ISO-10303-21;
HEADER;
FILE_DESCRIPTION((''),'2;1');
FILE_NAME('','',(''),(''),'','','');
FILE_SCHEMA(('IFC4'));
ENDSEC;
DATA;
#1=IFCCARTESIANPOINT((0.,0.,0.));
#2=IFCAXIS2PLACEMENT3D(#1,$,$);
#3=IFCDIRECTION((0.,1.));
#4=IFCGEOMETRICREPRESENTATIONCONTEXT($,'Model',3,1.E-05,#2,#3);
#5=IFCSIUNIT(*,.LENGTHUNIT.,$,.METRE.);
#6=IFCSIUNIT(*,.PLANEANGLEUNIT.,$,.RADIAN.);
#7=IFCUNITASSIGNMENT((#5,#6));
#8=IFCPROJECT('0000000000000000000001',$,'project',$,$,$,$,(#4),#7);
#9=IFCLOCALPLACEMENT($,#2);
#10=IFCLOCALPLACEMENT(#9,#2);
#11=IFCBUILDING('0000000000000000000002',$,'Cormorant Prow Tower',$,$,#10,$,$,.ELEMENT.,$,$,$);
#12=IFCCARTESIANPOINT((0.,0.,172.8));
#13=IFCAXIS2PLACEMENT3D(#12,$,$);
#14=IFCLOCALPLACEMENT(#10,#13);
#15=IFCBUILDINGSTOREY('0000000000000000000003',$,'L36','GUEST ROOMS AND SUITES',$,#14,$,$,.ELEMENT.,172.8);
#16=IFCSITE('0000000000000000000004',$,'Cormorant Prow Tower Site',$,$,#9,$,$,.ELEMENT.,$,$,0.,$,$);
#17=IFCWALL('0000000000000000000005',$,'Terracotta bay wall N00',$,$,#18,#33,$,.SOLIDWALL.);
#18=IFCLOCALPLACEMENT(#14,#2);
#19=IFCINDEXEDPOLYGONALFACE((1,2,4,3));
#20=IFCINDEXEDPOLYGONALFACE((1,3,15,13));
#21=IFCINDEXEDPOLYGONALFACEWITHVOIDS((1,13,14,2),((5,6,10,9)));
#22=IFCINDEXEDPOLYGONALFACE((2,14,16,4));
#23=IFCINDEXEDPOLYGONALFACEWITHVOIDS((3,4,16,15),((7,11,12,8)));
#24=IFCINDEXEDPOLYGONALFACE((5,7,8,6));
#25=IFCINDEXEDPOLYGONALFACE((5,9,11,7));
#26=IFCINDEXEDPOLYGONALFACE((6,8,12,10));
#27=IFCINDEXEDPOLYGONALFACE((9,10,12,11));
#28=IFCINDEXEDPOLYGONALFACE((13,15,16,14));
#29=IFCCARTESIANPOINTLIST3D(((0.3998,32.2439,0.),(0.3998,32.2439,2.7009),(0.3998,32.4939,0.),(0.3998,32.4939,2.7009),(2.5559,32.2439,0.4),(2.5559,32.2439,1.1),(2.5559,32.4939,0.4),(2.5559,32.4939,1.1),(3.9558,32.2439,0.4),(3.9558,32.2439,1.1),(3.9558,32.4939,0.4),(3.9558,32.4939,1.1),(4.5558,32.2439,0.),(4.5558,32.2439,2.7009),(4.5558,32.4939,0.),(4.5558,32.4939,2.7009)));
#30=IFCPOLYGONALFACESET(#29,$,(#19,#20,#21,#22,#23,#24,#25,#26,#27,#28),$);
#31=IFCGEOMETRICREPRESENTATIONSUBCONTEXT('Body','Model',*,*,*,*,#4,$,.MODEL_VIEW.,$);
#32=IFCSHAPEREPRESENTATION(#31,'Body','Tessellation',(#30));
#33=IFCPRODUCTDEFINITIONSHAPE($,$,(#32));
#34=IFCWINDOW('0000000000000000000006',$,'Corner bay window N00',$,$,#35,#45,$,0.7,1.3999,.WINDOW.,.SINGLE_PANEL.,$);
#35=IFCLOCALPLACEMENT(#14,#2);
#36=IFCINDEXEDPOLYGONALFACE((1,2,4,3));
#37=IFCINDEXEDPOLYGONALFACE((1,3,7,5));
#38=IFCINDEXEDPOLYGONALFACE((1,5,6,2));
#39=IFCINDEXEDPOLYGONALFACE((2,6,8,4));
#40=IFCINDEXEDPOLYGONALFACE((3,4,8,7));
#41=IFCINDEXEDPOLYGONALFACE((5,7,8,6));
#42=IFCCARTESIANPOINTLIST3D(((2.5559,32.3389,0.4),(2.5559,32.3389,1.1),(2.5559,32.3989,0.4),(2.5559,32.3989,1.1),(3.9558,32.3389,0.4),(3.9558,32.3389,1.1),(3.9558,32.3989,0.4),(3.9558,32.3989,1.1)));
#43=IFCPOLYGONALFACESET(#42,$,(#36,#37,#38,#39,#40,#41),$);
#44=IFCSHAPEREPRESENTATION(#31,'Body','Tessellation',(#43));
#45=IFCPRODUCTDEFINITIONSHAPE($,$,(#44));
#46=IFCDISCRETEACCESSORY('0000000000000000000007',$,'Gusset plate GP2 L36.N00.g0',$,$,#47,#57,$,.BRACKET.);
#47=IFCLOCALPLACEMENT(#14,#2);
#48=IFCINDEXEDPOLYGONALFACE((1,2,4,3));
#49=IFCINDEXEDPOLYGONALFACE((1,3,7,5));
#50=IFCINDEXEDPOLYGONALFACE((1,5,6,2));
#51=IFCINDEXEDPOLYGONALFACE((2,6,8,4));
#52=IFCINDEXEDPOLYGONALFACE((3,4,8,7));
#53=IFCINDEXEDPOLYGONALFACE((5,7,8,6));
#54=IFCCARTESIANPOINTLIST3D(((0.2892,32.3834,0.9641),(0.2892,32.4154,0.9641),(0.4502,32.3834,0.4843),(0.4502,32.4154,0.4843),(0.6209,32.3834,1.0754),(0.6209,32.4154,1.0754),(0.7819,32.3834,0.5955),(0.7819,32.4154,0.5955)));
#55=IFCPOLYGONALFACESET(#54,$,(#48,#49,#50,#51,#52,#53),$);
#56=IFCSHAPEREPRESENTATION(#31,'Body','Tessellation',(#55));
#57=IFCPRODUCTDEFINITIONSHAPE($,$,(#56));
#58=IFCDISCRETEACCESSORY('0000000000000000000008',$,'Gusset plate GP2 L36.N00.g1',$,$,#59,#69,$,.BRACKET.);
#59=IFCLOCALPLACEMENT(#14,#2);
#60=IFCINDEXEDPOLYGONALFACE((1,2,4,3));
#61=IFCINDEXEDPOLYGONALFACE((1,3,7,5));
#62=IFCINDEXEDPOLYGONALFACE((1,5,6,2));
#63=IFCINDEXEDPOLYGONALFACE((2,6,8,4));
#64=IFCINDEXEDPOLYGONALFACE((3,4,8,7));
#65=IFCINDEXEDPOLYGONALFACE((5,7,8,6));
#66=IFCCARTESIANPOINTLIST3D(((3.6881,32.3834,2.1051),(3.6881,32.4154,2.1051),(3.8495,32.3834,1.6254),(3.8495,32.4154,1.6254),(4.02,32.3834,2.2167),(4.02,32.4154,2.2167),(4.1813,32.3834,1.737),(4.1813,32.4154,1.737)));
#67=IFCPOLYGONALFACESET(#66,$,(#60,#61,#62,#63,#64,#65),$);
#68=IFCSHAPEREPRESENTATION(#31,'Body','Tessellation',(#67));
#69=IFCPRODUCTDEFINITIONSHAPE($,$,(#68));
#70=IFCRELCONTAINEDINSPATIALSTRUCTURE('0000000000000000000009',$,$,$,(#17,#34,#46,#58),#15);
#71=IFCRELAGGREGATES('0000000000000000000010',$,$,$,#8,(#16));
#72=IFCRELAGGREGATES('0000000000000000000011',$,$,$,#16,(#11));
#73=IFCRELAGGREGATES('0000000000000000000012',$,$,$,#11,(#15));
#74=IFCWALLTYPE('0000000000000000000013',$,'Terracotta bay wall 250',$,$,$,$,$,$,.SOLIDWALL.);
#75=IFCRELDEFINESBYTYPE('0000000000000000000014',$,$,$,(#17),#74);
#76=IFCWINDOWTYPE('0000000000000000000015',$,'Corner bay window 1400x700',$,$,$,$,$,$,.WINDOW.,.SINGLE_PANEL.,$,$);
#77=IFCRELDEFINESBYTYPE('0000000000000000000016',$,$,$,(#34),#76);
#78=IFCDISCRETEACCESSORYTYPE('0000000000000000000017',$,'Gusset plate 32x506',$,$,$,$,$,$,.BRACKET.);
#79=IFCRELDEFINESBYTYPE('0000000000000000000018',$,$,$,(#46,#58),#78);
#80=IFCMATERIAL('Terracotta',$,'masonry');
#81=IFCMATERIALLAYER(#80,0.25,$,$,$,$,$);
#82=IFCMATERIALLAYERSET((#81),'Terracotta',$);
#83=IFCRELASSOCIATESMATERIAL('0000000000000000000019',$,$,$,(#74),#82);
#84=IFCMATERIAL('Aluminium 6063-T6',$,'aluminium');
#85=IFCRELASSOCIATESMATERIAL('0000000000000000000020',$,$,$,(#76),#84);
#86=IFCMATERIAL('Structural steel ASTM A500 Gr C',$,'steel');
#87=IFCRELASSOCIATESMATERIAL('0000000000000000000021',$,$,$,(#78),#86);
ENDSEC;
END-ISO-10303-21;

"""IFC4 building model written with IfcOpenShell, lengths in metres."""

from ifc_helpers import new_model, si_unit, direction, frame, frame_2d, origin, origin_2d, place, context, subcontext, project, spatial, rectangle, extrude, material, layer, layer_set, material_profile, profile_set, type_object, element, fill, save


model = new_model("IFC4")

# Units and contexts
model_context = context("Model", 3, precision=1e-05, world=origin(), true_north=direction((0.0, 1.0)))
body_context = subcontext(model_context, "Body", "Model", "MODEL_VIEW")
ifc_project = project(units=[si_unit("LENGTHUNIT", "METRE"), si_unit("PLANEANGLEUNIT", "RADIAN")], contexts=[model_context])

# Site, building, storey
site_placement = place(None, origin())
site = spatial("IfcSite", under=ifc_project, at=site_placement, Name="Cormorant Prow Tower Site", CompositionType="ELEMENT", RefElevation=0.0)
building_placement = place(site_placement, origin())
building = spatial("IfcBuilding", under=site, at=building_placement, Name="Cormorant Prow Tower", CompositionType="ELEMENT")
storey_placement = place(building_placement, frame((0.0, 0.0, 172.8)))
storey = spatial("IfcBuildingStorey", under=building, at=storey_placement, Name="L36", Description="GUEST ROOMS AND SUITES", CompositionType="ELEMENT", Elevation=172.8)

# Wall, opening, window
ifc_material_1 = material(Name="Terracotta", Category="masonry")
ifc_layer_1 = layer(ifc_material_1, 0.25)
ifc_layer_set_1 = layer_set([ifc_layer_1], Name="Terracotta")
wall_type_1 = type_object("IfcWallType", Name="Terracotta bay wall 250", PredefinedType="SOLIDWALL", material=ifc_layer_set_1)
wall_1_placement = place(storey_placement, frame((4.5559, 32.3689, 0.0), z_axis=(0.0, 0.0, 1.0), x_axis=(-1.0, 0.0, 0.0)))
wall_1 = element("IfcWall", 1, at=wall_1_placement, inside=storey, type_object=wall_type_1, Name="Terracotta bay wall N00", PredefinedType="SOLIDWALL", context=body_context, shape_type="SweptSolid", body=[
    extrude(rectangle(XDim=4.156, YDim=0.25, at=frame_2d((2.0781, 0.0))), origin(), (0.0, 0.0, 1.0), 2.7009),
])
opening_1_placement = place(wall_1_placement, frame((0.6001, 0.0, 0.3999)))
opening_1 = element("IfcOpeningElement", 2, at=opening_1_placement, cuts=wall_1, PredefinedType="OPENING", context=body_context, shape_type="SweptSolid", body=[
    extrude(rectangle(XDim=1.3999, YDim=0.7, at=frame_2d((0.7, 0.3501))), frame((0.0, 0.135, 0.0), z_axis=(0.0, -1.0, 0.0), x_axis=(1.0, 0.0, 0.0)), (0.0, 0.0, 1.0), 0.27),
])
ifc_material_2 = material(Name="Aluminium 6063-T6", Category="aluminium")
window_type = type_object("IfcWindowType", Name="Corner bay window 1400x700", PartitioningType="SINGLE_PANEL", PredefinedType="WINDOW", material=ifc_material_2)
window_placement = place(opening_1_placement, origin())
window = element("IfcWindow", 3, at=window_placement, inside=storey, type_object=window_type, Name="Corner bay window N00", OverallHeight=0.7, OverallWidth=1.3999, PartitioningType="SINGLE_PANEL", PredefinedType="WINDOW", context=body_context, shape_type="SweptSolid", body=[
    extrude(rectangle(XDim=1.3999, YDim=0.7, at=frame_2d((0.7, 0.3501))), frame((0.0, 0.03, 0.0), z_axis=(0.0, -1.0, 0.0), x_axis=(1.0, 0.0, 0.0)), (0.0, 0.0, 1.0), 0.0601),
])
fill(opening_1, window)

# Discrete accessories
ifc_material_3 = material(Name="Structural steel ASTM A500 Gr C", Category="steel")
ifc_material_profile_1 = material_profile(ifc_material_3, rectangle(XDim=0.032, YDim=0.5061, at=origin_2d()), Name="Gusset plate 32x506")
ifc_profile_set_1 = profile_set([ifc_material_profile_1], Name="Structural steel ASTM A500 Gr C")
discrete_accessory_type = type_object("IfcDiscreteAccessoryType", Name="Gusset plate 32x506", PredefinedType="BRACKET", material=ifc_profile_set_1)
discrete_accessory_1_placement = place(storey_placement, frame((0.7014, 32.3994, 0.8354), z_axis=(-0.948054, 0.0, -0.318111), x_axis=(0.0, -1.0, 0.0)))
element("IfcDiscreteAccessory", 4, at=discrete_accessory_1_placement, inside=storey, type_object=discrete_accessory_type, Name="Gusset plate GP2 L36.N00.g0", PredefinedType="BRACKET", context=body_context, shape_type="SweptSolid", body=[
    extrude(rectangle(XDim=0.032, YDim=0.5061, at=origin_2d()), origin(), (0.0, 0.0, 1.0), 0.3499),
])
discrete_accessory_2_placement = place(storey_placement, frame((3.7688, 32.3994, 1.8652), z_axis=(0.947843, 0.0, 0.318738), x_axis=(0.0, 1.0, 0.0)))
element("IfcDiscreteAccessory", 5, at=discrete_accessory_2_placement, inside=storey, type_object=discrete_accessory_type, Name="Gusset plate GP2 L36.N00.g1", PredefinedType="BRACKET", context=body_context, shape_type="SweptSolid", body=[
    extrude(rectangle(XDim=0.032, YDim=0.5061, at=origin_2d()), origin(), (0.0, 0.0, 1.0), 0.3501),
])

save(model, "model.ifc")
